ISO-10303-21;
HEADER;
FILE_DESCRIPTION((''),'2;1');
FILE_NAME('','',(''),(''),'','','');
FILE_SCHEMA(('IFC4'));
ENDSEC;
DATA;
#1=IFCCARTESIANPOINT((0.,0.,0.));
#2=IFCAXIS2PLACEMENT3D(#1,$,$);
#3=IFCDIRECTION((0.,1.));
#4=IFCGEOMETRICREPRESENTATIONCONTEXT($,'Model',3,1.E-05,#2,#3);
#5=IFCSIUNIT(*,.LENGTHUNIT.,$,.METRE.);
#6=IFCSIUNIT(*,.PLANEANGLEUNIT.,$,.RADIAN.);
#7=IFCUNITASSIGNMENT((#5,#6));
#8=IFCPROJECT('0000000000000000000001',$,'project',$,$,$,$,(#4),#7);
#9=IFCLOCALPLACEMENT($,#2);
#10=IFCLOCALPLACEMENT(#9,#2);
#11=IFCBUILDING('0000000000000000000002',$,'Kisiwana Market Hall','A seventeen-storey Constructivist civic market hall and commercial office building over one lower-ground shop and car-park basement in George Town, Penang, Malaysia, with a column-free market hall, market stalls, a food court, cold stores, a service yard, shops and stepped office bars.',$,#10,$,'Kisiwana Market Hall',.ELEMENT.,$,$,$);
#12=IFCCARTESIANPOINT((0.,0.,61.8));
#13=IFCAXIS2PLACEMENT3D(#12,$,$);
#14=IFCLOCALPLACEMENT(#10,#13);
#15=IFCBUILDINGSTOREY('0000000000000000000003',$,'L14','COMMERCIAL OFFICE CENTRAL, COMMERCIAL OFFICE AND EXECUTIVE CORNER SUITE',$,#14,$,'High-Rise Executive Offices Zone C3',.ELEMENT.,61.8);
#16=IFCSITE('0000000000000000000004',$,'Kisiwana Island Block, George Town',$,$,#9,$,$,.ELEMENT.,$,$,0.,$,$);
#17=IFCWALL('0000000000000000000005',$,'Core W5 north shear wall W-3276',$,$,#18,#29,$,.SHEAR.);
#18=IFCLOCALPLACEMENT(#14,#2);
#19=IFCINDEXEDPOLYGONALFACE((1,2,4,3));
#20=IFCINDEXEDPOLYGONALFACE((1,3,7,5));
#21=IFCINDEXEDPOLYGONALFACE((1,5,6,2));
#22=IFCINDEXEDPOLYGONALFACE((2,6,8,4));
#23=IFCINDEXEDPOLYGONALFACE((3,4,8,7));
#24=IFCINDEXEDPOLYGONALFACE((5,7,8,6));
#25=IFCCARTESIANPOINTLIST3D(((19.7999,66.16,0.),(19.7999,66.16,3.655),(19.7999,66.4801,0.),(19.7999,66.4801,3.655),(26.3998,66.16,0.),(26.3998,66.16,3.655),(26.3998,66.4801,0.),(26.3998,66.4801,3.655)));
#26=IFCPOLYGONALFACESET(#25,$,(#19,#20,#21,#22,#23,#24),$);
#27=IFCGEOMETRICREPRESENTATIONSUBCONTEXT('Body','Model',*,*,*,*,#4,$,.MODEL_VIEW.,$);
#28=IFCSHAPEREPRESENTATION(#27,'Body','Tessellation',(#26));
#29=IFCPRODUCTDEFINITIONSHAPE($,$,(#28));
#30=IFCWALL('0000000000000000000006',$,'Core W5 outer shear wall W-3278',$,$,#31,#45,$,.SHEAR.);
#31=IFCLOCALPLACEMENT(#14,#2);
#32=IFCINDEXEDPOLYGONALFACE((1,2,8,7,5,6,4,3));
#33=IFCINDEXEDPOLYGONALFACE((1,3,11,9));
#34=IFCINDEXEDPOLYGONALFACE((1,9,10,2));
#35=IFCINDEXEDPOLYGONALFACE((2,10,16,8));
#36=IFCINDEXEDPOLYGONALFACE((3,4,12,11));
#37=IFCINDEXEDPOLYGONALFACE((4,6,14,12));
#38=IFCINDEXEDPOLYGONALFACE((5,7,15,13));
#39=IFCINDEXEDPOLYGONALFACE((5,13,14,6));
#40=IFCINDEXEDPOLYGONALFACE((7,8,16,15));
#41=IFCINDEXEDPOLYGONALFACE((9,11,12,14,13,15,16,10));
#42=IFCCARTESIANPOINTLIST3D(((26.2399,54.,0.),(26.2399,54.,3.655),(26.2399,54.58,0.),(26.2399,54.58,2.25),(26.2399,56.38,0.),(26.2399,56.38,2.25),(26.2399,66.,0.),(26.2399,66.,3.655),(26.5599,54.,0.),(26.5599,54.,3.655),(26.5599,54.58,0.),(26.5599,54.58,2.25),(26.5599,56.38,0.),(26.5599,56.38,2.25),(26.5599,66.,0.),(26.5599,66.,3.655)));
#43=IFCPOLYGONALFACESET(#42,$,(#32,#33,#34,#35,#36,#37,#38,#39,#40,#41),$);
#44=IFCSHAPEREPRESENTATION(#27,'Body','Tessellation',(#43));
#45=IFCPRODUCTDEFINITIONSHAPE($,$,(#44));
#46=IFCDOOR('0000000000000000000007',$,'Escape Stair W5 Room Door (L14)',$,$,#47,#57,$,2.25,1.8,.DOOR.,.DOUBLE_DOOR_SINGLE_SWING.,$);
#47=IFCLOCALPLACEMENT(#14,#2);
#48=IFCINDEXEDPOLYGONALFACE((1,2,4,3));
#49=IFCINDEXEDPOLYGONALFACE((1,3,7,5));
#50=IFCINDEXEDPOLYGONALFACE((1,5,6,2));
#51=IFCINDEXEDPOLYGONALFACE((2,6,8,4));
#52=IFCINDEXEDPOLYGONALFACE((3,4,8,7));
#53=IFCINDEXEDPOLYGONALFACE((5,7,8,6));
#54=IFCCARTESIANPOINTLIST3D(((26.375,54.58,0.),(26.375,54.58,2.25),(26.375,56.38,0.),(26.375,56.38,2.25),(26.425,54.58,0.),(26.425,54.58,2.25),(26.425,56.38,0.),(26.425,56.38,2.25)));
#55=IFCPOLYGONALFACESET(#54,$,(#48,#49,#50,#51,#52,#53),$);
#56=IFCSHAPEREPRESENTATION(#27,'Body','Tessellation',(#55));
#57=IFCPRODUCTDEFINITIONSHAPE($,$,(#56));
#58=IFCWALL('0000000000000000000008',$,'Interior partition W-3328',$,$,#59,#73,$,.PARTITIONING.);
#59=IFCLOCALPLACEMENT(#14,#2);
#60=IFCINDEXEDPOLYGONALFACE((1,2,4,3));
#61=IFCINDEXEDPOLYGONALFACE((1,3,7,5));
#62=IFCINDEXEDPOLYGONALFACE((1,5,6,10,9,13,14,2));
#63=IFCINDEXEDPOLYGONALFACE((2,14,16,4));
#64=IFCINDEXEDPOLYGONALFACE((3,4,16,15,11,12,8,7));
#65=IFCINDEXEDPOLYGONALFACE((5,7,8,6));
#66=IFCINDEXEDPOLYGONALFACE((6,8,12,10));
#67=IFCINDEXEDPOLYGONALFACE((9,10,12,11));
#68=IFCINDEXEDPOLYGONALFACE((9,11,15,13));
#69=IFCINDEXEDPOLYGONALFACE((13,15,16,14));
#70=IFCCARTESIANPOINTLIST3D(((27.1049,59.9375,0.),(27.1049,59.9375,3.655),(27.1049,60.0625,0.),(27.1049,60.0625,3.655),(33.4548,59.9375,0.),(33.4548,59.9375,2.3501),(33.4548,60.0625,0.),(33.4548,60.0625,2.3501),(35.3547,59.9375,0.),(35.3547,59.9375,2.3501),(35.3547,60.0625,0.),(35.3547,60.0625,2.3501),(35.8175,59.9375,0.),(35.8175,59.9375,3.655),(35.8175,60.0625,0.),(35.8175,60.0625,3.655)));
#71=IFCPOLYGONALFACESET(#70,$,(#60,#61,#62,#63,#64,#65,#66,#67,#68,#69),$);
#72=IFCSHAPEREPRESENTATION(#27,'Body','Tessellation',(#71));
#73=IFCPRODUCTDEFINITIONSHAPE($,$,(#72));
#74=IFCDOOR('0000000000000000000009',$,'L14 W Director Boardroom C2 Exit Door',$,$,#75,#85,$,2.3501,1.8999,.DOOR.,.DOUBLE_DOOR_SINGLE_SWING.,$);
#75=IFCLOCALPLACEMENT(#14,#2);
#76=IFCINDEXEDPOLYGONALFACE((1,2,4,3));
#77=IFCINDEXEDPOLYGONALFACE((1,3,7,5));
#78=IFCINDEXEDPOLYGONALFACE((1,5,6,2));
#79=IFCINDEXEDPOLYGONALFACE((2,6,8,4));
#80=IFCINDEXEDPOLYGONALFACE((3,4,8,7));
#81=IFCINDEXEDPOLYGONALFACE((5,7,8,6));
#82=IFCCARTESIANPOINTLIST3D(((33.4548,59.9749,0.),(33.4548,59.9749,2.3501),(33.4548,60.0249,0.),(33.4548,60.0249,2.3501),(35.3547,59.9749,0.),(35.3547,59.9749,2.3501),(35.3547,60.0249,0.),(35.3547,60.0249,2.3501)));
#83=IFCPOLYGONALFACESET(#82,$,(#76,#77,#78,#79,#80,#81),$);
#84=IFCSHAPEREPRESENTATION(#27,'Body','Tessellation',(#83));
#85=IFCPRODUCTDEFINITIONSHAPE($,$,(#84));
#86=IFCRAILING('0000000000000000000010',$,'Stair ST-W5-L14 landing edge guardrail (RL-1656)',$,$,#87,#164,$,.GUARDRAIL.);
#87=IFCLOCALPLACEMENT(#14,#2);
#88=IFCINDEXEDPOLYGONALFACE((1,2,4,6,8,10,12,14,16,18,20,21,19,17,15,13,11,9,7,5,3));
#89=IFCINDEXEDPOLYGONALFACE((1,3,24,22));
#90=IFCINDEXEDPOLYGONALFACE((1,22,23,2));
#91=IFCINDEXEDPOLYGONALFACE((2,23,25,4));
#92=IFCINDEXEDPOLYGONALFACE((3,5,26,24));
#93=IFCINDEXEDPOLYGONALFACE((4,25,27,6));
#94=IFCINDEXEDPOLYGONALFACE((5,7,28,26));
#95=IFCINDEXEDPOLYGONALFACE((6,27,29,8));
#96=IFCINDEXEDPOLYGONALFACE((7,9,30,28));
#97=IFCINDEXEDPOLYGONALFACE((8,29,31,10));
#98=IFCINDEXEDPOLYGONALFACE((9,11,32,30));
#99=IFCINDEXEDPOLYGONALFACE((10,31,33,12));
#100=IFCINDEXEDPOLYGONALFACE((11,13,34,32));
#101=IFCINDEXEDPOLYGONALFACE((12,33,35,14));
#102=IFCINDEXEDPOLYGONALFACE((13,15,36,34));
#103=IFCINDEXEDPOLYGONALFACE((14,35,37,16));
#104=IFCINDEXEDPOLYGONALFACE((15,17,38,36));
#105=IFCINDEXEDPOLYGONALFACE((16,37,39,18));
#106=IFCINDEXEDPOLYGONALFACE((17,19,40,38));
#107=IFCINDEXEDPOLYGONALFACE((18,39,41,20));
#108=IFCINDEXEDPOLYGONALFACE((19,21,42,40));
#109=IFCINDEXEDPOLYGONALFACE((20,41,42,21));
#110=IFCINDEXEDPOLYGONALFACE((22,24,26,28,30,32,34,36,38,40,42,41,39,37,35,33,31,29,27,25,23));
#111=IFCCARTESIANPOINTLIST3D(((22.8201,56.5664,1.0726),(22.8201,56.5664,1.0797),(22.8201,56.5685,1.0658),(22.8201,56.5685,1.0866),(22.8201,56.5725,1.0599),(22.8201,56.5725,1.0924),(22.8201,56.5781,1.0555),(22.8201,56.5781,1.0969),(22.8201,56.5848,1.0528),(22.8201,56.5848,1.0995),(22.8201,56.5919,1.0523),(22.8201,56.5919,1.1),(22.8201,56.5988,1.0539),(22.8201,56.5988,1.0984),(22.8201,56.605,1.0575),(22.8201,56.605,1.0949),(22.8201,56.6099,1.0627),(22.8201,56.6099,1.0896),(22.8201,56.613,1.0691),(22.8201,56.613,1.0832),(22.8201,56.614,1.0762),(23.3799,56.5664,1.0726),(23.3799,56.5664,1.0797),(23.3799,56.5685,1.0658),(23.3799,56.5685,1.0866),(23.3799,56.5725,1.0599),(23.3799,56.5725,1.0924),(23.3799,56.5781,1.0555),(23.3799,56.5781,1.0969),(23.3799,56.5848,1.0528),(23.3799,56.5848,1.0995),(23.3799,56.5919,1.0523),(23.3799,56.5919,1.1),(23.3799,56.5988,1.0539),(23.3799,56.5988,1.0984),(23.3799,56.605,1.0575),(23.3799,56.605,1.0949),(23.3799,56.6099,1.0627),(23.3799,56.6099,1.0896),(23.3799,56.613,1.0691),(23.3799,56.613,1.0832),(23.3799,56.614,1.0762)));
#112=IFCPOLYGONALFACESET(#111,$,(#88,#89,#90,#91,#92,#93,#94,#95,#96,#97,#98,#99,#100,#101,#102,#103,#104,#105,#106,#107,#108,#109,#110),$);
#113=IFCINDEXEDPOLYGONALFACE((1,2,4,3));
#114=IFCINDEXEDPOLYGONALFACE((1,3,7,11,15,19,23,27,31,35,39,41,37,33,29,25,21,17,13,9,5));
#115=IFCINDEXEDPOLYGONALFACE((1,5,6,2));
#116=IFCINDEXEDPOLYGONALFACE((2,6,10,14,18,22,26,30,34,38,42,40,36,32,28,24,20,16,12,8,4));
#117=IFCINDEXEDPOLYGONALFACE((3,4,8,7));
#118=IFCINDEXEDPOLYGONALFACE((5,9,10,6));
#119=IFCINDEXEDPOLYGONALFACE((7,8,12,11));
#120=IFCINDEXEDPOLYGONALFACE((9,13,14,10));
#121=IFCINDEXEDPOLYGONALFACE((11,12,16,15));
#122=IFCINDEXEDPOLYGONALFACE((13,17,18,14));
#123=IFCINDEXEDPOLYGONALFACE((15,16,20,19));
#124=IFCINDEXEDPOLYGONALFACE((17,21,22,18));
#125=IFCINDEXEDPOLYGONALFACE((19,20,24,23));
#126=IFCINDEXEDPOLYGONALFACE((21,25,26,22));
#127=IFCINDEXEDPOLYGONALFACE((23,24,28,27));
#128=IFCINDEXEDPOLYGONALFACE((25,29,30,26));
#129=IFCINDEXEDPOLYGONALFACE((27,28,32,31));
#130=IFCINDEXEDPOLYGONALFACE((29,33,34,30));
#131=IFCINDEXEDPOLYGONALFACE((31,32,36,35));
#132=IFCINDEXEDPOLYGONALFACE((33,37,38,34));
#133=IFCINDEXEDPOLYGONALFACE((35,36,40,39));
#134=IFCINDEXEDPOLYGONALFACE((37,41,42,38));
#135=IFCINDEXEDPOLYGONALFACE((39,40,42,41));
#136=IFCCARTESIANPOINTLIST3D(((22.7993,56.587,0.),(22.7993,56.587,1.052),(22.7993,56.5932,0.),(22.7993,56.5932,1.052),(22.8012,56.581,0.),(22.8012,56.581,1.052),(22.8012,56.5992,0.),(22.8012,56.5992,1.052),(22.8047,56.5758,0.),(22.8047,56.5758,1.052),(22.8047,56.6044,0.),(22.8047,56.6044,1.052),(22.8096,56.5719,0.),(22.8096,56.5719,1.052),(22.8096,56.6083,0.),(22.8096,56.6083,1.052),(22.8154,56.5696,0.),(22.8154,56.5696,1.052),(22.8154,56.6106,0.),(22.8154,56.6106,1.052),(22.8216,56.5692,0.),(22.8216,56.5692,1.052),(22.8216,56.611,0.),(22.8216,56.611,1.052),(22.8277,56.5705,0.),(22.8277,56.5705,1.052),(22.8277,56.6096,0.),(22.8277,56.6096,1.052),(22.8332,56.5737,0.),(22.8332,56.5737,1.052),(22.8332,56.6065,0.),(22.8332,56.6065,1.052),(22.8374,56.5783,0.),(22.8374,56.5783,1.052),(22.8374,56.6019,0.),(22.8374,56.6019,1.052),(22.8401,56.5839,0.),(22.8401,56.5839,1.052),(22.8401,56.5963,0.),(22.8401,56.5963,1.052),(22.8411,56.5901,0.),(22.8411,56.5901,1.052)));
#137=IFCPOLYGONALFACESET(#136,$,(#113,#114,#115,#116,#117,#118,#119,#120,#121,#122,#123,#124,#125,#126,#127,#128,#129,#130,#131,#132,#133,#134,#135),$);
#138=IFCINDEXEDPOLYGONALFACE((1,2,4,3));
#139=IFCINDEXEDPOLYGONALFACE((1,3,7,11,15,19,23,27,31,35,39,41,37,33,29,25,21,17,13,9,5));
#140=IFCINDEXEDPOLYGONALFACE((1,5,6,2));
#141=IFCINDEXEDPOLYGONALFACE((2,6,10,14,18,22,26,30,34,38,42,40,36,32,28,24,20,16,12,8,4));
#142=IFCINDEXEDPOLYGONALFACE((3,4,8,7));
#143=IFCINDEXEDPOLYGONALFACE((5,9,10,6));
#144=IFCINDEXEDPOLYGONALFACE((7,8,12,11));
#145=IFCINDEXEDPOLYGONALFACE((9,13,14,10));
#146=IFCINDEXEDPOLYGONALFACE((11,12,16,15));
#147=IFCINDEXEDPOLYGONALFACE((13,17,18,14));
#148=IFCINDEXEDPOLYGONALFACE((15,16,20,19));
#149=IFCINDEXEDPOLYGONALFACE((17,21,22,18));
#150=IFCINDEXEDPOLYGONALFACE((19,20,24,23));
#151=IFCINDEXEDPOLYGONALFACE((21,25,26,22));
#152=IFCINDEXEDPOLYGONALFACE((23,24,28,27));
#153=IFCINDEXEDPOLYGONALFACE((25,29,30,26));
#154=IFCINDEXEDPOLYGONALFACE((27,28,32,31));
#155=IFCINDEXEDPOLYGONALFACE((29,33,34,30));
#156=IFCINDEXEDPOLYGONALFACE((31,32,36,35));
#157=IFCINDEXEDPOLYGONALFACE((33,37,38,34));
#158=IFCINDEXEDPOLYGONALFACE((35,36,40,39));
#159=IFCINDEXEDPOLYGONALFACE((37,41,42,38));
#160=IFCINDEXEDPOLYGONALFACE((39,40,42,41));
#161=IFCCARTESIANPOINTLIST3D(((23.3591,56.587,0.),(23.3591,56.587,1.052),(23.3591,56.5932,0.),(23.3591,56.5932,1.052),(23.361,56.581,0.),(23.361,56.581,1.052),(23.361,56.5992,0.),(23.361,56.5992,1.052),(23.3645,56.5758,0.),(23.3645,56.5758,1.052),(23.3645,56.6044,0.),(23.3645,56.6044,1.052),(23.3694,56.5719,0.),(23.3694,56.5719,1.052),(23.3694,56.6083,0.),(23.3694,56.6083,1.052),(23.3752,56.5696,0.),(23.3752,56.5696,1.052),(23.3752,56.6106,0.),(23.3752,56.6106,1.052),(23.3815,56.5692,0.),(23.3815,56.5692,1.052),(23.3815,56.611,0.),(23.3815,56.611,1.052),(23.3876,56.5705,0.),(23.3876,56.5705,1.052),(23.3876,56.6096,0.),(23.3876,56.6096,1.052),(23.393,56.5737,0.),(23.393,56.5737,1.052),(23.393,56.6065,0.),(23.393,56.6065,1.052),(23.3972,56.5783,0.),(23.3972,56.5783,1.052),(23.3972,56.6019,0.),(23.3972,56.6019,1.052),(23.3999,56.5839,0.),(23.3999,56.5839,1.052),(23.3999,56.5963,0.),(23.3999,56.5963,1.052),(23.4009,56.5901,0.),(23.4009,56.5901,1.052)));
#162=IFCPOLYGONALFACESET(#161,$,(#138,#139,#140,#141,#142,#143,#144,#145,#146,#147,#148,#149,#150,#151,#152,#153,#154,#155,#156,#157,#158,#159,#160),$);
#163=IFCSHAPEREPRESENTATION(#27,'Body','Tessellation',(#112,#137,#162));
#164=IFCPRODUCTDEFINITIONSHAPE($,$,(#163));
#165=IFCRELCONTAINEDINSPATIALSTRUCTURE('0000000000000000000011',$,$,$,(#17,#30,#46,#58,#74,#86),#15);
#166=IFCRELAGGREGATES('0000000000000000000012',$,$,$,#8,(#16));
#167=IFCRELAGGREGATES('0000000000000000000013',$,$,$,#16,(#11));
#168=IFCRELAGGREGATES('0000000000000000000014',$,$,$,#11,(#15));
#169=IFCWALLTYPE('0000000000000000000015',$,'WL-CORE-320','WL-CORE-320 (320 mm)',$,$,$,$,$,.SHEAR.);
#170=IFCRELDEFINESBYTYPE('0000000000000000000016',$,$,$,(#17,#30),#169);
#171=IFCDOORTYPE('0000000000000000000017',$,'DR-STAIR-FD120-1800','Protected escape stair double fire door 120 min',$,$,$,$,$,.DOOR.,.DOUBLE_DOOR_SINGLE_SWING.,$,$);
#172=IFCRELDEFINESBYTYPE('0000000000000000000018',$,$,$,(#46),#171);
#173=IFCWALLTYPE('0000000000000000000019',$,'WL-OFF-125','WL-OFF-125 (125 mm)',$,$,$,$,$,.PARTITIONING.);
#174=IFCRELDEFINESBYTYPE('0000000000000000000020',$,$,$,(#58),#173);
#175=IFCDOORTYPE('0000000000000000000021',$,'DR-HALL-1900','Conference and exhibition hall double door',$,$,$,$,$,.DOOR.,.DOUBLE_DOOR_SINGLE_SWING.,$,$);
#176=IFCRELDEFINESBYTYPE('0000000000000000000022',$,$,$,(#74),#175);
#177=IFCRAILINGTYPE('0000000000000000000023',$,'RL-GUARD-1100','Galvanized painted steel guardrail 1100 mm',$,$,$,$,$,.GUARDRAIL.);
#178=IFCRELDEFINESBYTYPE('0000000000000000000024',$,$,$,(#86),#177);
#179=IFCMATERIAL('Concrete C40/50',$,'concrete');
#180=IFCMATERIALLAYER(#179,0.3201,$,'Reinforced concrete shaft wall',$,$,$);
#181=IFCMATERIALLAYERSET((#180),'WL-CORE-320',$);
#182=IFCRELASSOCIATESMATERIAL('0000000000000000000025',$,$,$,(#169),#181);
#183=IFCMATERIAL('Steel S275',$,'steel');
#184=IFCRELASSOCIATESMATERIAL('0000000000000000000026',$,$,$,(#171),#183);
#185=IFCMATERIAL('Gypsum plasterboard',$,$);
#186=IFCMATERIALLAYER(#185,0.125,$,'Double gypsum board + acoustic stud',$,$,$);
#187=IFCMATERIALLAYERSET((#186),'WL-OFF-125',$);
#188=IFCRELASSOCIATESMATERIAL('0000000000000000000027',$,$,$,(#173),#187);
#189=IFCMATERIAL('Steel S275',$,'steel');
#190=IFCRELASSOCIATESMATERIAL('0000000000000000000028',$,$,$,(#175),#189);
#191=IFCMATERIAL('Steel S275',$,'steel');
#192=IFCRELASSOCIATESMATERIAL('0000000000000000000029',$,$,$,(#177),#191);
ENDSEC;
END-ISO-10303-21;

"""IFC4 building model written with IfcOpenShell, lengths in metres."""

from ifc_helpers import new_model, si_unit, direction, frame, frame_2d, origin, origin_2d, place, context, subcontext, project, spatial, rectangle, circle, extrude, material, layer, layer_set, type_object, element, fill, save


model = new_model("IFC4")

# Units and contexts
model_context = context("Model", 3, precision=1e-05, world=origin(), true_north=direction((0.0, 1.0)))
body_context = subcontext(model_context, "Body", "Model", "MODEL_VIEW")
ifc_project = project(units=[si_unit("LENGTHUNIT", "METRE"), si_unit("PLANEANGLEUNIT", "RADIAN")], contexts=[model_context])

# Site, building, storey
site_placement = place(None, origin())
site = spatial("IfcSite", under=ifc_project, at=site_placement, Name="Kisiwana Island Block, George Town", CompositionType="ELEMENT", RefElevation=0.0)
building_placement = place(site_placement, origin())
building = spatial("IfcBuilding", under=site, at=building_placement, Name="Kisiwana Market Hall", Description="A seventeen-storey Constructivist civic market hall and commercial office building over one lower-ground shop and car-park basement in George Town, Penang, Malaysia, with a column-free market hall, market stalls, a food court, cold stores, a service yard, shops and stepped office bars.", LongName="Kisiwana Market Hall", CompositionType="ELEMENT")
storey_placement = place(building_placement, frame((0.0, 0.0, 61.8)))
storey = spatial("IfcBuildingStorey", under=building, at=storey_placement, Name="L14", Description="COMMERCIAL OFFICE CENTRAL, COMMERCIAL OFFICE AND EXECUTIVE CORNER SUITE", LongName="High-Rise Executive Offices Zone C3", CompositionType="ELEMENT", Elevation=61.8)

# Shared definitions
ifc_material_1 = material(Name="Concrete C40/50", Category="concrete")
ifc_layer_1 = layer(ifc_material_1, 0.3201, Name="Reinforced concrete shaft wall")
ifc_layer_set_1 = layer_set([ifc_layer_1], Name="WL-CORE-320")
wall_type_1 = type_object("IfcWallType", Name="WL-CORE-320", Description="WL-CORE-320 (320 mm)", PredefinedType="SHEAR", material=ifc_layer_set_1)

# Wall
wall_1_placement = place(storey_placement, frame((19.8, 66.3201, 0.0), z_axis=(0.0, 0.0, 1.0), x_axis=(1.0, 0.0, 0.0)))
element("IfcWall", 1, at=wall_1_placement, inside=storey, type_object=wall_type_1, Name="Core W5 north shear wall W-3276", PredefinedType="SHEAR", context=body_context, shape_type="SweptSolid", body=[
    extrude(rectangle(XDim=6.5999, YDim=0.3201, at=frame_2d((3.2998, 0.0))), origin(), (0.0, 0.0, 1.0), 3.655),
])

# Walls, openings, doors
wall_2_placement = place(storey_placement, frame((26.3999, 54.0, 0.0), z_axis=(0.0, 0.0, 1.0), x_axis=(0.0, 1.0, 0.0)))
wall_2 = element("IfcWall", 2, at=wall_2_placement, inside=storey, type_object=wall_type_1, Name="Core W5 outer shear wall W-3278", PredefinedType="SHEAR", context=body_context, shape_type="SweptSolid", body=[
    extrude(rectangle(XDim=12.0, YDim=0.3201, at=frame_2d((6.0, 0.0))), origin(), (0.0, 0.0, 1.0), 3.655),
])
opening_1_placement = place(wall_2_placement, frame((0.5801, 0.0, 0.0)))
opening_1 = element("IfcOpeningElement", 3, at=opening_1_placement, cuts=wall_2, PredefinedType="OPENING", context=body_context, shape_type="SweptSolid", body=[
    extrude(rectangle(XDim=1.8, YDim=2.25, at=frame_2d((0.8999, 1.125))), frame((0.0, 0.1719, 0.0), z_axis=(0.0, -1.0, 0.0), x_axis=(1.0, 0.0, 0.0)), (0.0, 0.0, 1.0), 0.344),
])
ifc_material_2 = material(Name="Steel S275", Category="steel")
door_type_1 = type_object("IfcDoorType", Name="DR-STAIR-FD120-1800", Description="Protected escape stair double fire door 120 min", OperationType="DOUBLE_DOOR_SINGLE_SWING", PredefinedType="DOOR", material=ifc_material_2)
door_1_placement = place(opening_1_placement, origin())
door_1 = element("IfcDoor", 4, at=door_1_placement, inside=storey, type_object=door_type_1, Name="Escape Stair W5 Room Door (L14)", OperationType="DOUBLE_DOOR_SINGLE_SWING", OverallHeight=2.25, OverallWidth=1.8, PredefinedType="DOOR", context=body_context, shape_type="SweptSolid", body=[
    extrude(rectangle(XDim=1.8, YDim=2.25, at=frame_2d((0.8999, 1.125))), frame((0.0, 0.0249, 0.0), z_axis=(0.0, -1.0, 0.0), x_axis=(1.0, 0.0, 0.0)), (0.0, 0.0, 1.0), 0.05),
])
fill(opening_1, door_1)
ifc_material_3 = material(Name="Gypsum plasterboard")
ifc_layer_2 = layer(ifc_material_3, 0.125, Name="Double gypsum board + acoustic stud")
ifc_layer_set_2 = layer_set([ifc_layer_2], Name="WL-OFF-125")
wall_type_2 = type_object("IfcWallType", Name="WL-OFF-125", Description="WL-OFF-125 (125 mm)", PredefinedType="PARTITIONING", material=ifc_layer_set_2)
wall_3_placement = place(storey_placement, frame((27.1047, 60.0, 0.0), z_axis=(0.0, 0.0, 1.0), x_axis=(1.0, 0.0, 0.0)))
wall_3 = element("IfcWall", 5, at=wall_3_placement, inside=storey, type_object=wall_type_2, Name="Interior partition W-3328", PredefinedType="PARTITIONING", context=body_context, shape_type="SweptSolid", body=[
    extrude(rectangle(XDim=8.7126, YDim=0.125, at=frame_2d((4.3564, 0.0))), origin(), (0.0, 0.0, 1.0), 3.655),
])
opening_2_placement = place(wall_3_placement, frame((6.3501, 0.0, 0.0)))
opening_2 = element("IfcOpeningElement", 6, at=opening_2_placement, cuts=wall_3, PredefinedType="OPENING", context=body_context, shape_type="SweptSolid", body=[
    extrude(rectangle(XDim=1.8999, YDim=2.3501, at=frame_2d((0.95, 1.175))), frame((0.0, 0.0745, 0.0), z_axis=(0.0, -1.0, 0.0), x_axis=(1.0, 0.0, 0.0)), (0.0, 0.0, 1.0), 0.1489),
])
ifc_material_4 = material(Name="Steel S275", Category="steel")
door_type_2 = type_object("IfcDoorType", Name="DR-HALL-1900", Description="Conference and exhibition hall double door", OperationType="DOUBLE_DOOR_SINGLE_SWING", PredefinedType="DOOR", material=ifc_material_4)
door_2_placement = place(opening_2_placement, origin())
door_2 = element("IfcDoor", 7, at=door_2_placement, inside=storey, type_object=door_type_2, Name="L14 W Director Boardroom C2 Exit Door", OperationType="DOUBLE_DOOR_SINGLE_SWING", OverallHeight=2.3501, OverallWidth=1.8999, PredefinedType="DOOR", context=body_context, shape_type="SweptSolid", body=[
    extrude(rectangle(XDim=1.8999, YDim=2.3501, at=frame_2d((0.95, 1.175))), frame((0.0, 0.0249, 0.0), z_axis=(0.0, -1.0, 0.0), x_axis=(1.0, 0.0, 0.0)), (0.0, 0.0, 1.0), 0.05),
])
fill(opening_2, door_2)

# Railing
ifc_material_5 = material(Name="Steel S275", Category="steel")
railing_type_1 = type_object("IfcRailingType", Name="RL-GUARD-1100", Description="Galvanized painted steel guardrail 1100 mm", PredefinedType="GUARDRAIL", material=ifc_material_5)
railing_1_placement = place(storey_placement, frame((22.8201, 56.5901, 0.0)))
element("IfcRailing", 8, at=railing_1_placement, inside=storey, type_object=railing_type_1, Name="Stair ST-W5-L14 landing edge guardrail (RL-1656)", PredefinedType="GUARDRAIL", context=body_context, shape_type="SweptSolid", body=[
    extrude(circle(Radius=0.0239, at=origin_2d()), frame((0.0, 0.0, 1.0762), z_axis=(1.0, 0.0, 0.0), x_axis=(0.0, 1.0, 0.0)), (0.0, 0.0, 1.0), 0.5598),
    extrude(circle(Radius=0.021, at=origin_2d()), origin(), (0.0, 0.0, 1.0), 1.052),
    extrude(circle(Radius=0.021, at=origin_2d()), frame((0.5598, 0.0, 0.0)), (0.0, 0.0, 1.0), 1.052),
])

save(model, "model.ifc")
